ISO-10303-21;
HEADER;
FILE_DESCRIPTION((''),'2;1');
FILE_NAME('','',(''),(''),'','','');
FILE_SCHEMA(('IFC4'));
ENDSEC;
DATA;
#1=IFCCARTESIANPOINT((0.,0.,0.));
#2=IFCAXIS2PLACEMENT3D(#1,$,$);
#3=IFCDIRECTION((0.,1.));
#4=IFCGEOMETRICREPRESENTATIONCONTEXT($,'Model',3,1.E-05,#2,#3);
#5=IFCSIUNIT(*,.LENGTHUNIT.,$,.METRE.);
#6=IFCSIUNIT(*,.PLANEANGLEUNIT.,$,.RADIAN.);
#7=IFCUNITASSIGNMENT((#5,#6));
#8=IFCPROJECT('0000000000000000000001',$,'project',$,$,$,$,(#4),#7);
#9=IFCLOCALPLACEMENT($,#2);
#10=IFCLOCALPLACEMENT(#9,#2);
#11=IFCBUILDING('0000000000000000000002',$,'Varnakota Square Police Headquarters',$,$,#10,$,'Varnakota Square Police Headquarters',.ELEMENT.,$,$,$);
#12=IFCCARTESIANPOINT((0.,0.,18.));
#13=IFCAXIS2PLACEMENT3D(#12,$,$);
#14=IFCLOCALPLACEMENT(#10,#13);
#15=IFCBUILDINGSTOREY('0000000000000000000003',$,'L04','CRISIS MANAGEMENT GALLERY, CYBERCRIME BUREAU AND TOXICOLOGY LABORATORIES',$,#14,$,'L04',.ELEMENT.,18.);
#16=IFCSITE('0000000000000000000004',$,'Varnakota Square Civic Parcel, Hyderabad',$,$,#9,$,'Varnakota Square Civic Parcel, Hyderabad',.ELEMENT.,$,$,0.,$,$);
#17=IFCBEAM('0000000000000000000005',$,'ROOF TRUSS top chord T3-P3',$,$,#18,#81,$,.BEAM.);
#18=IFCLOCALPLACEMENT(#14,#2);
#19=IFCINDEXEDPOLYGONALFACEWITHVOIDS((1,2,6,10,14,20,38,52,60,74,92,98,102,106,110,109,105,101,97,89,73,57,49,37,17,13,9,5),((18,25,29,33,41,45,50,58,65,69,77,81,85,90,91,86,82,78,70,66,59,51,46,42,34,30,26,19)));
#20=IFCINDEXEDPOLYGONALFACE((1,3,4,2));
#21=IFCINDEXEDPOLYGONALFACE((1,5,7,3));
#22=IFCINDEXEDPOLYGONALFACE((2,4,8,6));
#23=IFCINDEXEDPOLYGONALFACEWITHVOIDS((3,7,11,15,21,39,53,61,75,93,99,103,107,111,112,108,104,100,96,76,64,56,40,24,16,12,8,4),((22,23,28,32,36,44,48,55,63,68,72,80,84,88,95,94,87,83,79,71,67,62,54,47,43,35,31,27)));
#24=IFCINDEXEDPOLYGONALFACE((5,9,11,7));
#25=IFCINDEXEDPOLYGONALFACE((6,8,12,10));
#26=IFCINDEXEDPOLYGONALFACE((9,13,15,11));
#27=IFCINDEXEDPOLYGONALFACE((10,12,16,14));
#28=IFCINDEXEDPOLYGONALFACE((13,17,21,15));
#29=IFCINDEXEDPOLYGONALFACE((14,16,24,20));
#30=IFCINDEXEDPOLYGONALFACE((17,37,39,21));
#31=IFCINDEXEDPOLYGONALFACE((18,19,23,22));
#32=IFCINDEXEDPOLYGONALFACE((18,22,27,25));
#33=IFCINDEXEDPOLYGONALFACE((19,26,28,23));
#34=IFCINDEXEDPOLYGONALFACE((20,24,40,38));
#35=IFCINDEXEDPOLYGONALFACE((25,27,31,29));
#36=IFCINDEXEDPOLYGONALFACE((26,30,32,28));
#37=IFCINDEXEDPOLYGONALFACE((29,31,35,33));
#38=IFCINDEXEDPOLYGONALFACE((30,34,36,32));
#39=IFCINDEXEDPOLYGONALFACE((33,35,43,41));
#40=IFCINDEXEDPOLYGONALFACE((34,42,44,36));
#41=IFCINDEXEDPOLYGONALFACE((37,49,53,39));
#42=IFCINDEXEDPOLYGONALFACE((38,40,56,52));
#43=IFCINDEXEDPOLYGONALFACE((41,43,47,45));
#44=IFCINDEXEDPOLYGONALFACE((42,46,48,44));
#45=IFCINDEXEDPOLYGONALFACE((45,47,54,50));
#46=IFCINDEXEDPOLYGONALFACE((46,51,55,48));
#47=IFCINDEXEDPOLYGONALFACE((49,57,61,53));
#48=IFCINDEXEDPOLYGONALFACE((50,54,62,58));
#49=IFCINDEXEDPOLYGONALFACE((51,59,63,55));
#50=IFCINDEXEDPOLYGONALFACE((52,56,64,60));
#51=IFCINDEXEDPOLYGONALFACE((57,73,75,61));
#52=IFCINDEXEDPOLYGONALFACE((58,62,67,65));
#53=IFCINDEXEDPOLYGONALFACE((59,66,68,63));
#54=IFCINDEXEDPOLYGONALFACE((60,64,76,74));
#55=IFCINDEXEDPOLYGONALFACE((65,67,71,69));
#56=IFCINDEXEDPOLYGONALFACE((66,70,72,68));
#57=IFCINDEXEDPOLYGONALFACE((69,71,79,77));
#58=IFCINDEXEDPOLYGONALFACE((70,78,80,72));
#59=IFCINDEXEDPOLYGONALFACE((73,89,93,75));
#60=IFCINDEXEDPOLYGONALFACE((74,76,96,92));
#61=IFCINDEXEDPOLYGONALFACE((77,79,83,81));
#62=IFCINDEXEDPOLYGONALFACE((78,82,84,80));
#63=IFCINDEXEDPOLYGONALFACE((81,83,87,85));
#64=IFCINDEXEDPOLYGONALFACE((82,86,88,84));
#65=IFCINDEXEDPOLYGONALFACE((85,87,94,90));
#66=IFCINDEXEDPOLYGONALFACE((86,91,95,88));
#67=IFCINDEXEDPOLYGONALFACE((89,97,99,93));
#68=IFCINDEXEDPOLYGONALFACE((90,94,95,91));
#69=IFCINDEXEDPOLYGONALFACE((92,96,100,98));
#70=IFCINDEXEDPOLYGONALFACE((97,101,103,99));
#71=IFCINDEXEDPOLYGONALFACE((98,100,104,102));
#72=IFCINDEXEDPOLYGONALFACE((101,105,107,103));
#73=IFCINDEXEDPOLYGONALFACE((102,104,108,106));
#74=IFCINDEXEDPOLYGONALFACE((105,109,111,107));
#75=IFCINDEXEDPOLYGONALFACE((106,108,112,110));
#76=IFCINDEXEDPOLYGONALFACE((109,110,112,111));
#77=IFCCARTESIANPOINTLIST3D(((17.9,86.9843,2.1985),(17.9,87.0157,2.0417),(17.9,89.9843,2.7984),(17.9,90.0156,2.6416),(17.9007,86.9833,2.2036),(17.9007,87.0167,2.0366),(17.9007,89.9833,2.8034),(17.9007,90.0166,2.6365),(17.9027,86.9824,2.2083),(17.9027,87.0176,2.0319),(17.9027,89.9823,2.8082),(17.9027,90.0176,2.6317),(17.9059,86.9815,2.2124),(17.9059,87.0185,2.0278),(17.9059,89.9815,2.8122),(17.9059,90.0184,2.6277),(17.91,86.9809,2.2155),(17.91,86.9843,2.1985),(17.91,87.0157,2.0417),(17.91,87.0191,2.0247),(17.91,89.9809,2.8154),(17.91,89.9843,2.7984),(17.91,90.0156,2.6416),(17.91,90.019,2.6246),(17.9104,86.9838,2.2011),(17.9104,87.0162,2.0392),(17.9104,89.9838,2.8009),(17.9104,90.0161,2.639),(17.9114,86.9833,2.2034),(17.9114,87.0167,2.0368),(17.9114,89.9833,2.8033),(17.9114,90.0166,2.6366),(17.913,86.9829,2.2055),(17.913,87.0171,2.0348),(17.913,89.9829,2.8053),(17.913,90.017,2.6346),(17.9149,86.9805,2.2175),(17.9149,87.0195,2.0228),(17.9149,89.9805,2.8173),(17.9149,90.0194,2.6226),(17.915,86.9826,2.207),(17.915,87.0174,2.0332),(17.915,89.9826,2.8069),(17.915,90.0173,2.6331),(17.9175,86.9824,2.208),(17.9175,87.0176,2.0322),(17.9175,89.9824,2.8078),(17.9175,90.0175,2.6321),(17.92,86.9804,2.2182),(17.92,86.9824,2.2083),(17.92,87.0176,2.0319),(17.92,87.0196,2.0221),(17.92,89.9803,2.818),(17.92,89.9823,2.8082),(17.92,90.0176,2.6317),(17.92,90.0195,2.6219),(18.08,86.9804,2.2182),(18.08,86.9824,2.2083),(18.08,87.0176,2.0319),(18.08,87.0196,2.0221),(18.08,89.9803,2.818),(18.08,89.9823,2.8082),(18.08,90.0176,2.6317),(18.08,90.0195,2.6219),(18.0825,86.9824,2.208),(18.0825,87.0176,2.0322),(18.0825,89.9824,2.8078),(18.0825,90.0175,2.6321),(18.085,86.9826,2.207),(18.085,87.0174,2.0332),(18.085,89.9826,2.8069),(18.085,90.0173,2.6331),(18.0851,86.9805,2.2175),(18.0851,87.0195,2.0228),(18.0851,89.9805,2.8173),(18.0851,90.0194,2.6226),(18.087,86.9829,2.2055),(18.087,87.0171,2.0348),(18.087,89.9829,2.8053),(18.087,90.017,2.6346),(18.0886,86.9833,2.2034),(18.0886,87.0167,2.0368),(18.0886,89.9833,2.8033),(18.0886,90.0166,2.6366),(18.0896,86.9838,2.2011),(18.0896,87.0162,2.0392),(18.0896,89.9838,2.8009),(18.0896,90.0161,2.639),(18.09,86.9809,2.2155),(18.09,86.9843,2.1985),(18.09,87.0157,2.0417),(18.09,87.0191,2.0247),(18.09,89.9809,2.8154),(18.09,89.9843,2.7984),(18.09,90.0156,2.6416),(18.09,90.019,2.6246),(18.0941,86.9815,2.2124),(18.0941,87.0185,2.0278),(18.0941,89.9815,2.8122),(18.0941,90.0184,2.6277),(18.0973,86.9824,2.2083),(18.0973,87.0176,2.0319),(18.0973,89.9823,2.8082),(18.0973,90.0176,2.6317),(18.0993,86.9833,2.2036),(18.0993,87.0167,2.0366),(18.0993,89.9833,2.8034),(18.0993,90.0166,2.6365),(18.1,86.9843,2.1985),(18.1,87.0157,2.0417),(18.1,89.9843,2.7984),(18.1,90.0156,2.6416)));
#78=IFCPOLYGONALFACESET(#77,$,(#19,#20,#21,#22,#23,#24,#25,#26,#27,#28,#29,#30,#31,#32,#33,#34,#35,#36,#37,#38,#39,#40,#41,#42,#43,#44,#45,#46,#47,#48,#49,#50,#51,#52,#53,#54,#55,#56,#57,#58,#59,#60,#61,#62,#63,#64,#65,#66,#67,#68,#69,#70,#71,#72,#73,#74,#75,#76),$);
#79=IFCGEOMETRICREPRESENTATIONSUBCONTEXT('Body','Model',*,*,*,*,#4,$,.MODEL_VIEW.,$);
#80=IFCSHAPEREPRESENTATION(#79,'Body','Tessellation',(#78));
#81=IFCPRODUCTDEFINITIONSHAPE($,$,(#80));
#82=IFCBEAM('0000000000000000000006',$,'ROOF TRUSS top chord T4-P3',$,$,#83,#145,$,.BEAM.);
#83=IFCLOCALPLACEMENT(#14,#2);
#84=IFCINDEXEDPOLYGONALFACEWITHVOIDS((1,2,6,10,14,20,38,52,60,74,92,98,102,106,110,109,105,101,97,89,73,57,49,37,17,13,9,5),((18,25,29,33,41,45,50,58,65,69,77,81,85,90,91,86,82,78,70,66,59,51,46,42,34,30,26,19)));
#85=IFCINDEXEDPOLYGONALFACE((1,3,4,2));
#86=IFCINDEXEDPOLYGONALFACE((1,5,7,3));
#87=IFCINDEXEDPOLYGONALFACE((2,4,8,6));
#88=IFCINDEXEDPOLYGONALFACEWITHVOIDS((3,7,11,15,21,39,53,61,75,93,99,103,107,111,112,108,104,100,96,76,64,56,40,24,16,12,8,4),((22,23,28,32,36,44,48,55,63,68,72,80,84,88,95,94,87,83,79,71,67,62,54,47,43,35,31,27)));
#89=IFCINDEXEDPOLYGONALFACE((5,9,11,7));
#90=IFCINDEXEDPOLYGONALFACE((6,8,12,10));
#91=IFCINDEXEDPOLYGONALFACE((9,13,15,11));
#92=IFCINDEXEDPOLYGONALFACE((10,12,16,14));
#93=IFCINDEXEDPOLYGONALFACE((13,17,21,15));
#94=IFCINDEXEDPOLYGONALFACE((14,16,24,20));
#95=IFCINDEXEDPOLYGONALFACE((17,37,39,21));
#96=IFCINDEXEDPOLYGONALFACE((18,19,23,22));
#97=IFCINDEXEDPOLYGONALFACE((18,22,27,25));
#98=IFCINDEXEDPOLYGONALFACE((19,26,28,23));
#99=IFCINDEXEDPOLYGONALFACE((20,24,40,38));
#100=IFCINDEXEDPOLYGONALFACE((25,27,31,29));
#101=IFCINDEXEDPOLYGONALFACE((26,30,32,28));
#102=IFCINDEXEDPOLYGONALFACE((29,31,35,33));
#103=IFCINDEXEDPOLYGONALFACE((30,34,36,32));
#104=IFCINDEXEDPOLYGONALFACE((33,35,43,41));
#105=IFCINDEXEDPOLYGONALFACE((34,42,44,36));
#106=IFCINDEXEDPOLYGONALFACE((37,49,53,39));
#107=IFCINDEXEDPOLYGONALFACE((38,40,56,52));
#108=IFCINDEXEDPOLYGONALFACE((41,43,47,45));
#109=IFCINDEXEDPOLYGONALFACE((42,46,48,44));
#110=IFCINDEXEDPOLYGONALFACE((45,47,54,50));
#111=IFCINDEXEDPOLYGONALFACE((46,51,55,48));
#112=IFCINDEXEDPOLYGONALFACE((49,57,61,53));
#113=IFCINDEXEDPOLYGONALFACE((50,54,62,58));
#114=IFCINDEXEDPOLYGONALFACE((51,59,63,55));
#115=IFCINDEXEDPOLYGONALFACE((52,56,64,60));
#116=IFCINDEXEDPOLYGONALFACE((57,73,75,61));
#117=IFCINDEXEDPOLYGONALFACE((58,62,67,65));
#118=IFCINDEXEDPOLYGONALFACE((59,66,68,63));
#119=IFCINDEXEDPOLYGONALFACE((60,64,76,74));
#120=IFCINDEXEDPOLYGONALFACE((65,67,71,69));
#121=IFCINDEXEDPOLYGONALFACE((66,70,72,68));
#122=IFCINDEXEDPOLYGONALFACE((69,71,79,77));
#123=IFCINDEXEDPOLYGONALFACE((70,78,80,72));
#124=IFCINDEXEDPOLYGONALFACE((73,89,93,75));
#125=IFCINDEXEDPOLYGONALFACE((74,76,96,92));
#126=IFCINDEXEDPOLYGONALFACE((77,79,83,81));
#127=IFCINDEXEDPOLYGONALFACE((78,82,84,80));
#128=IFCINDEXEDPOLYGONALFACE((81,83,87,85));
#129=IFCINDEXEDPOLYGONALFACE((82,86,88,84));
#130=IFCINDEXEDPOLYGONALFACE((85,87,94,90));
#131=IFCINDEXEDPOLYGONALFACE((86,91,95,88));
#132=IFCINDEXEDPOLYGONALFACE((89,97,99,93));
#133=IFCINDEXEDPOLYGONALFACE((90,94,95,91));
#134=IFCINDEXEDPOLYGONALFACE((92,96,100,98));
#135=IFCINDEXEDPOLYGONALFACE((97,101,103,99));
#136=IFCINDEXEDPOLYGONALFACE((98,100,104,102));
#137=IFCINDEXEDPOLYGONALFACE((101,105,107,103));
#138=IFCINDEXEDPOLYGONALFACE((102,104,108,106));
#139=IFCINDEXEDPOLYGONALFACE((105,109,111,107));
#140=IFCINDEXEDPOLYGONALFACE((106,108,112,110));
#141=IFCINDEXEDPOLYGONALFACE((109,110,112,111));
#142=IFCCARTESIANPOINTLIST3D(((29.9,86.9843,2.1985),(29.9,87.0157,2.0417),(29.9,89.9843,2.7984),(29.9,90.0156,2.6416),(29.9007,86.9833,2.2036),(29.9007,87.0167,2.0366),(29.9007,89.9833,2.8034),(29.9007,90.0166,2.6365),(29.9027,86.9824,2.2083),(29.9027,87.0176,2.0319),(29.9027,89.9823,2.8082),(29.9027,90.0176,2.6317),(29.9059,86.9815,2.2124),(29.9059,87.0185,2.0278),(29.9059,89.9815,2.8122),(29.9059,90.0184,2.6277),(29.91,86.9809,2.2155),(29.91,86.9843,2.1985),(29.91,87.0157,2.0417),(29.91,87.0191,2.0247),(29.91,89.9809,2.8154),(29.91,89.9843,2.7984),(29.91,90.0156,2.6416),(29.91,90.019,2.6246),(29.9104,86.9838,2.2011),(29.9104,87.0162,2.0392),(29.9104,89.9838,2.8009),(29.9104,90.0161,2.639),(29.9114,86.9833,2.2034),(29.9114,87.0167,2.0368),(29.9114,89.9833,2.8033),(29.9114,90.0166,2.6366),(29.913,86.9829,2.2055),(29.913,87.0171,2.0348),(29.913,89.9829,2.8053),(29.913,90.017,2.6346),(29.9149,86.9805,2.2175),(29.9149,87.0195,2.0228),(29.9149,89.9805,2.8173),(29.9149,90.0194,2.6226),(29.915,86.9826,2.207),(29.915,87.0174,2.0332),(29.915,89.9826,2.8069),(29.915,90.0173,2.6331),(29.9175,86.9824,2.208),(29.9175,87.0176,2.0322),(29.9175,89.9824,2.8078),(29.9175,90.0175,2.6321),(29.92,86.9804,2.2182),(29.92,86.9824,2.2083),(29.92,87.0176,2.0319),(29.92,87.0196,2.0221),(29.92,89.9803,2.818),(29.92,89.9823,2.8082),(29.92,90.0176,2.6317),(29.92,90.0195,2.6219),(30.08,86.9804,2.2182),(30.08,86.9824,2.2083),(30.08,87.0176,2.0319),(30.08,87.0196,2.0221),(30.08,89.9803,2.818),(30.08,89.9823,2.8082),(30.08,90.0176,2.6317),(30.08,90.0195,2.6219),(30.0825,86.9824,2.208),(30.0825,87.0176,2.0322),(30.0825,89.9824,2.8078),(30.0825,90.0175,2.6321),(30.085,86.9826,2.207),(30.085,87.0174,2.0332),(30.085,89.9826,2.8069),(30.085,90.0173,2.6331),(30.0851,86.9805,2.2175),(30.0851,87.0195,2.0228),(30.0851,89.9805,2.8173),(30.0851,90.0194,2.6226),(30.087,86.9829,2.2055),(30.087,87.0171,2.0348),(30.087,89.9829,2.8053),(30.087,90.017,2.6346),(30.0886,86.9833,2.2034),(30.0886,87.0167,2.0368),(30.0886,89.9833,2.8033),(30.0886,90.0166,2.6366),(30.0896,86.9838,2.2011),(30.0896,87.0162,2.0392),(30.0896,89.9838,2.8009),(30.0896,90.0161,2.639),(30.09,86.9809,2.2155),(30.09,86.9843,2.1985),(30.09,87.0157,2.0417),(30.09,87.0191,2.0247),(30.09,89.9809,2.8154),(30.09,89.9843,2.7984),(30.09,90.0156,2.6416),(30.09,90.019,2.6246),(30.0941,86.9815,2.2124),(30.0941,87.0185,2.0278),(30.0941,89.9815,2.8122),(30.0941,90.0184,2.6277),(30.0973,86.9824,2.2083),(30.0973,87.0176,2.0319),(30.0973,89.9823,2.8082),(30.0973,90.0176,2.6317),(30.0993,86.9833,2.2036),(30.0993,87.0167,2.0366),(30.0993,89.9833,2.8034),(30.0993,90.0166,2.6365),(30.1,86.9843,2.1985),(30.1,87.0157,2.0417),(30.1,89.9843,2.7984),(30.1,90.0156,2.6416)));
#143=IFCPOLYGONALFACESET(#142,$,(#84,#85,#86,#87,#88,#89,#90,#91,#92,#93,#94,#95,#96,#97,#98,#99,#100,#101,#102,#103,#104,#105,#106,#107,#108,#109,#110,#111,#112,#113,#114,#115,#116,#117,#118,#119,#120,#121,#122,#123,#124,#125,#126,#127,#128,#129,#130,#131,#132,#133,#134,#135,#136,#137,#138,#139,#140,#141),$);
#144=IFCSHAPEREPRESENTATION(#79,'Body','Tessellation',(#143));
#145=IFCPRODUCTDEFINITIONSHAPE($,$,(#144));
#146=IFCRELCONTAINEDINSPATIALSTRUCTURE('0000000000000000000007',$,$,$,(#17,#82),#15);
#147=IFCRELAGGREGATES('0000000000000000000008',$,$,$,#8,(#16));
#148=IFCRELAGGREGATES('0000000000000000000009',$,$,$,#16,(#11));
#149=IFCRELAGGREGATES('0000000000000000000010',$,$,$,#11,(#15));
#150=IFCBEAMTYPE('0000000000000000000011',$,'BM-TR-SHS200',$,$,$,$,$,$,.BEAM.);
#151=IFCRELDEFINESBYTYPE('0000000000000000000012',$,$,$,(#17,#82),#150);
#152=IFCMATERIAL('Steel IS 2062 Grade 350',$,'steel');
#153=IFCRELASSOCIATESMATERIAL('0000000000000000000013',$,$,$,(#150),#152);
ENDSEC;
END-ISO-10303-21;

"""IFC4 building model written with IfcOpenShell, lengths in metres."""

from ifc_helpers import new_model, si_unit, direction, frame, origin, origin_2d, place, context, subcontext, project, spatial, hollow_rectangle, extrude, material, material_profile, profile_set, type_object, element, save


model = new_model("IFC4")

# Units and contexts
model_context = context("Model", 3, precision=1e-05, world=origin(), true_north=direction((0.0, 1.0)))
body_context = subcontext(model_context, "Body", "Model", "MODEL_VIEW")
ifc_project = project(units=[si_unit("LENGTHUNIT", "METRE"), si_unit("PLANEANGLEUNIT", "RADIAN")], contexts=[model_context])

# Site, building, storey
site_placement = place(None, origin())
site = spatial("IfcSite", under=ifc_project, at=site_placement, Name="Varnakota Square Civic Parcel, Hyderabad", LongName="Varnakota Square Civic Parcel, Hyderabad", CompositionType="ELEMENT", RefElevation=0.0)
building_placement = place(site_placement, origin())
building = spatial("IfcBuilding", under=site, at=building_placement, Name="Varnakota Square Police Headquarters", LongName="Varnakota Square Police Headquarters", CompositionType="ELEMENT")
storey_placement = place(building_placement, frame((0.0, 0.0, 18.0)))
storey = spatial("IfcBuildingStorey", under=building, at=storey_placement, Name="L04", Description="CRISIS MANAGEMENT GALLERY, CYBERCRIME BUREAU AND TOXICOLOGY LABORATORIES", LongName="L04", CompositionType="ELEMENT", Elevation=18.0)

# Beams
ifc_material_1 = material(Name="Steel IS 2062 Grade 350", Category="steel")
ifc_material_profile_1 = material_profile(ifc_material_1, hollow_rectangle(XDim=0.2, YDim=0.2, WallThickness=0.01, InnerFilletRadius=0.01, OuterFilletRadius=0.02, at=origin_2d()), Name="SHS 200x200x10")
ifc_profile_set_1 = profile_set([ifc_material_profile_1], Name="Steel IS 2062 Grade 350")
beam_type_1 = type_object("IfcBeamType", Name="BM-TR-SHS200", PredefinedType="BEAM", material=ifc_profile_set_1)
for number, where, z_axis, x_axis, name in (
    (1, (18.0, 87.0, 2.1201), (0.0, 0.98059, 0.19607), (-1.0, 0.0, 0.0), "ROOF TRUSS top chord T3-P3"),
    (2, (30.0, 87.0, 2.1201), (0.0, 0.98059, 0.19607), (-1.0, 0.0, 0.0), "ROOF TRUSS top chord T4-P3"),
):
    element("IfcBeam", number, at=place(storey_placement, frame(where, z_axis=z_axis, x_axis=x_axis)), inside=storey, type_object=beam_type_1, Name=name, PredefinedType="BEAM", context=body_context, shape_type="SweptSolid", body=[
        extrude(hollow_rectangle(XDim=0.2, YDim=0.2, WallThickness=0.01, InnerFilletRadius=0.01, OuterFilletRadius=0.02, at=origin_2d()), origin(), (0.0, 0.0, 1.0), 3.0593),
    ])

save(model, "model.ifc")
